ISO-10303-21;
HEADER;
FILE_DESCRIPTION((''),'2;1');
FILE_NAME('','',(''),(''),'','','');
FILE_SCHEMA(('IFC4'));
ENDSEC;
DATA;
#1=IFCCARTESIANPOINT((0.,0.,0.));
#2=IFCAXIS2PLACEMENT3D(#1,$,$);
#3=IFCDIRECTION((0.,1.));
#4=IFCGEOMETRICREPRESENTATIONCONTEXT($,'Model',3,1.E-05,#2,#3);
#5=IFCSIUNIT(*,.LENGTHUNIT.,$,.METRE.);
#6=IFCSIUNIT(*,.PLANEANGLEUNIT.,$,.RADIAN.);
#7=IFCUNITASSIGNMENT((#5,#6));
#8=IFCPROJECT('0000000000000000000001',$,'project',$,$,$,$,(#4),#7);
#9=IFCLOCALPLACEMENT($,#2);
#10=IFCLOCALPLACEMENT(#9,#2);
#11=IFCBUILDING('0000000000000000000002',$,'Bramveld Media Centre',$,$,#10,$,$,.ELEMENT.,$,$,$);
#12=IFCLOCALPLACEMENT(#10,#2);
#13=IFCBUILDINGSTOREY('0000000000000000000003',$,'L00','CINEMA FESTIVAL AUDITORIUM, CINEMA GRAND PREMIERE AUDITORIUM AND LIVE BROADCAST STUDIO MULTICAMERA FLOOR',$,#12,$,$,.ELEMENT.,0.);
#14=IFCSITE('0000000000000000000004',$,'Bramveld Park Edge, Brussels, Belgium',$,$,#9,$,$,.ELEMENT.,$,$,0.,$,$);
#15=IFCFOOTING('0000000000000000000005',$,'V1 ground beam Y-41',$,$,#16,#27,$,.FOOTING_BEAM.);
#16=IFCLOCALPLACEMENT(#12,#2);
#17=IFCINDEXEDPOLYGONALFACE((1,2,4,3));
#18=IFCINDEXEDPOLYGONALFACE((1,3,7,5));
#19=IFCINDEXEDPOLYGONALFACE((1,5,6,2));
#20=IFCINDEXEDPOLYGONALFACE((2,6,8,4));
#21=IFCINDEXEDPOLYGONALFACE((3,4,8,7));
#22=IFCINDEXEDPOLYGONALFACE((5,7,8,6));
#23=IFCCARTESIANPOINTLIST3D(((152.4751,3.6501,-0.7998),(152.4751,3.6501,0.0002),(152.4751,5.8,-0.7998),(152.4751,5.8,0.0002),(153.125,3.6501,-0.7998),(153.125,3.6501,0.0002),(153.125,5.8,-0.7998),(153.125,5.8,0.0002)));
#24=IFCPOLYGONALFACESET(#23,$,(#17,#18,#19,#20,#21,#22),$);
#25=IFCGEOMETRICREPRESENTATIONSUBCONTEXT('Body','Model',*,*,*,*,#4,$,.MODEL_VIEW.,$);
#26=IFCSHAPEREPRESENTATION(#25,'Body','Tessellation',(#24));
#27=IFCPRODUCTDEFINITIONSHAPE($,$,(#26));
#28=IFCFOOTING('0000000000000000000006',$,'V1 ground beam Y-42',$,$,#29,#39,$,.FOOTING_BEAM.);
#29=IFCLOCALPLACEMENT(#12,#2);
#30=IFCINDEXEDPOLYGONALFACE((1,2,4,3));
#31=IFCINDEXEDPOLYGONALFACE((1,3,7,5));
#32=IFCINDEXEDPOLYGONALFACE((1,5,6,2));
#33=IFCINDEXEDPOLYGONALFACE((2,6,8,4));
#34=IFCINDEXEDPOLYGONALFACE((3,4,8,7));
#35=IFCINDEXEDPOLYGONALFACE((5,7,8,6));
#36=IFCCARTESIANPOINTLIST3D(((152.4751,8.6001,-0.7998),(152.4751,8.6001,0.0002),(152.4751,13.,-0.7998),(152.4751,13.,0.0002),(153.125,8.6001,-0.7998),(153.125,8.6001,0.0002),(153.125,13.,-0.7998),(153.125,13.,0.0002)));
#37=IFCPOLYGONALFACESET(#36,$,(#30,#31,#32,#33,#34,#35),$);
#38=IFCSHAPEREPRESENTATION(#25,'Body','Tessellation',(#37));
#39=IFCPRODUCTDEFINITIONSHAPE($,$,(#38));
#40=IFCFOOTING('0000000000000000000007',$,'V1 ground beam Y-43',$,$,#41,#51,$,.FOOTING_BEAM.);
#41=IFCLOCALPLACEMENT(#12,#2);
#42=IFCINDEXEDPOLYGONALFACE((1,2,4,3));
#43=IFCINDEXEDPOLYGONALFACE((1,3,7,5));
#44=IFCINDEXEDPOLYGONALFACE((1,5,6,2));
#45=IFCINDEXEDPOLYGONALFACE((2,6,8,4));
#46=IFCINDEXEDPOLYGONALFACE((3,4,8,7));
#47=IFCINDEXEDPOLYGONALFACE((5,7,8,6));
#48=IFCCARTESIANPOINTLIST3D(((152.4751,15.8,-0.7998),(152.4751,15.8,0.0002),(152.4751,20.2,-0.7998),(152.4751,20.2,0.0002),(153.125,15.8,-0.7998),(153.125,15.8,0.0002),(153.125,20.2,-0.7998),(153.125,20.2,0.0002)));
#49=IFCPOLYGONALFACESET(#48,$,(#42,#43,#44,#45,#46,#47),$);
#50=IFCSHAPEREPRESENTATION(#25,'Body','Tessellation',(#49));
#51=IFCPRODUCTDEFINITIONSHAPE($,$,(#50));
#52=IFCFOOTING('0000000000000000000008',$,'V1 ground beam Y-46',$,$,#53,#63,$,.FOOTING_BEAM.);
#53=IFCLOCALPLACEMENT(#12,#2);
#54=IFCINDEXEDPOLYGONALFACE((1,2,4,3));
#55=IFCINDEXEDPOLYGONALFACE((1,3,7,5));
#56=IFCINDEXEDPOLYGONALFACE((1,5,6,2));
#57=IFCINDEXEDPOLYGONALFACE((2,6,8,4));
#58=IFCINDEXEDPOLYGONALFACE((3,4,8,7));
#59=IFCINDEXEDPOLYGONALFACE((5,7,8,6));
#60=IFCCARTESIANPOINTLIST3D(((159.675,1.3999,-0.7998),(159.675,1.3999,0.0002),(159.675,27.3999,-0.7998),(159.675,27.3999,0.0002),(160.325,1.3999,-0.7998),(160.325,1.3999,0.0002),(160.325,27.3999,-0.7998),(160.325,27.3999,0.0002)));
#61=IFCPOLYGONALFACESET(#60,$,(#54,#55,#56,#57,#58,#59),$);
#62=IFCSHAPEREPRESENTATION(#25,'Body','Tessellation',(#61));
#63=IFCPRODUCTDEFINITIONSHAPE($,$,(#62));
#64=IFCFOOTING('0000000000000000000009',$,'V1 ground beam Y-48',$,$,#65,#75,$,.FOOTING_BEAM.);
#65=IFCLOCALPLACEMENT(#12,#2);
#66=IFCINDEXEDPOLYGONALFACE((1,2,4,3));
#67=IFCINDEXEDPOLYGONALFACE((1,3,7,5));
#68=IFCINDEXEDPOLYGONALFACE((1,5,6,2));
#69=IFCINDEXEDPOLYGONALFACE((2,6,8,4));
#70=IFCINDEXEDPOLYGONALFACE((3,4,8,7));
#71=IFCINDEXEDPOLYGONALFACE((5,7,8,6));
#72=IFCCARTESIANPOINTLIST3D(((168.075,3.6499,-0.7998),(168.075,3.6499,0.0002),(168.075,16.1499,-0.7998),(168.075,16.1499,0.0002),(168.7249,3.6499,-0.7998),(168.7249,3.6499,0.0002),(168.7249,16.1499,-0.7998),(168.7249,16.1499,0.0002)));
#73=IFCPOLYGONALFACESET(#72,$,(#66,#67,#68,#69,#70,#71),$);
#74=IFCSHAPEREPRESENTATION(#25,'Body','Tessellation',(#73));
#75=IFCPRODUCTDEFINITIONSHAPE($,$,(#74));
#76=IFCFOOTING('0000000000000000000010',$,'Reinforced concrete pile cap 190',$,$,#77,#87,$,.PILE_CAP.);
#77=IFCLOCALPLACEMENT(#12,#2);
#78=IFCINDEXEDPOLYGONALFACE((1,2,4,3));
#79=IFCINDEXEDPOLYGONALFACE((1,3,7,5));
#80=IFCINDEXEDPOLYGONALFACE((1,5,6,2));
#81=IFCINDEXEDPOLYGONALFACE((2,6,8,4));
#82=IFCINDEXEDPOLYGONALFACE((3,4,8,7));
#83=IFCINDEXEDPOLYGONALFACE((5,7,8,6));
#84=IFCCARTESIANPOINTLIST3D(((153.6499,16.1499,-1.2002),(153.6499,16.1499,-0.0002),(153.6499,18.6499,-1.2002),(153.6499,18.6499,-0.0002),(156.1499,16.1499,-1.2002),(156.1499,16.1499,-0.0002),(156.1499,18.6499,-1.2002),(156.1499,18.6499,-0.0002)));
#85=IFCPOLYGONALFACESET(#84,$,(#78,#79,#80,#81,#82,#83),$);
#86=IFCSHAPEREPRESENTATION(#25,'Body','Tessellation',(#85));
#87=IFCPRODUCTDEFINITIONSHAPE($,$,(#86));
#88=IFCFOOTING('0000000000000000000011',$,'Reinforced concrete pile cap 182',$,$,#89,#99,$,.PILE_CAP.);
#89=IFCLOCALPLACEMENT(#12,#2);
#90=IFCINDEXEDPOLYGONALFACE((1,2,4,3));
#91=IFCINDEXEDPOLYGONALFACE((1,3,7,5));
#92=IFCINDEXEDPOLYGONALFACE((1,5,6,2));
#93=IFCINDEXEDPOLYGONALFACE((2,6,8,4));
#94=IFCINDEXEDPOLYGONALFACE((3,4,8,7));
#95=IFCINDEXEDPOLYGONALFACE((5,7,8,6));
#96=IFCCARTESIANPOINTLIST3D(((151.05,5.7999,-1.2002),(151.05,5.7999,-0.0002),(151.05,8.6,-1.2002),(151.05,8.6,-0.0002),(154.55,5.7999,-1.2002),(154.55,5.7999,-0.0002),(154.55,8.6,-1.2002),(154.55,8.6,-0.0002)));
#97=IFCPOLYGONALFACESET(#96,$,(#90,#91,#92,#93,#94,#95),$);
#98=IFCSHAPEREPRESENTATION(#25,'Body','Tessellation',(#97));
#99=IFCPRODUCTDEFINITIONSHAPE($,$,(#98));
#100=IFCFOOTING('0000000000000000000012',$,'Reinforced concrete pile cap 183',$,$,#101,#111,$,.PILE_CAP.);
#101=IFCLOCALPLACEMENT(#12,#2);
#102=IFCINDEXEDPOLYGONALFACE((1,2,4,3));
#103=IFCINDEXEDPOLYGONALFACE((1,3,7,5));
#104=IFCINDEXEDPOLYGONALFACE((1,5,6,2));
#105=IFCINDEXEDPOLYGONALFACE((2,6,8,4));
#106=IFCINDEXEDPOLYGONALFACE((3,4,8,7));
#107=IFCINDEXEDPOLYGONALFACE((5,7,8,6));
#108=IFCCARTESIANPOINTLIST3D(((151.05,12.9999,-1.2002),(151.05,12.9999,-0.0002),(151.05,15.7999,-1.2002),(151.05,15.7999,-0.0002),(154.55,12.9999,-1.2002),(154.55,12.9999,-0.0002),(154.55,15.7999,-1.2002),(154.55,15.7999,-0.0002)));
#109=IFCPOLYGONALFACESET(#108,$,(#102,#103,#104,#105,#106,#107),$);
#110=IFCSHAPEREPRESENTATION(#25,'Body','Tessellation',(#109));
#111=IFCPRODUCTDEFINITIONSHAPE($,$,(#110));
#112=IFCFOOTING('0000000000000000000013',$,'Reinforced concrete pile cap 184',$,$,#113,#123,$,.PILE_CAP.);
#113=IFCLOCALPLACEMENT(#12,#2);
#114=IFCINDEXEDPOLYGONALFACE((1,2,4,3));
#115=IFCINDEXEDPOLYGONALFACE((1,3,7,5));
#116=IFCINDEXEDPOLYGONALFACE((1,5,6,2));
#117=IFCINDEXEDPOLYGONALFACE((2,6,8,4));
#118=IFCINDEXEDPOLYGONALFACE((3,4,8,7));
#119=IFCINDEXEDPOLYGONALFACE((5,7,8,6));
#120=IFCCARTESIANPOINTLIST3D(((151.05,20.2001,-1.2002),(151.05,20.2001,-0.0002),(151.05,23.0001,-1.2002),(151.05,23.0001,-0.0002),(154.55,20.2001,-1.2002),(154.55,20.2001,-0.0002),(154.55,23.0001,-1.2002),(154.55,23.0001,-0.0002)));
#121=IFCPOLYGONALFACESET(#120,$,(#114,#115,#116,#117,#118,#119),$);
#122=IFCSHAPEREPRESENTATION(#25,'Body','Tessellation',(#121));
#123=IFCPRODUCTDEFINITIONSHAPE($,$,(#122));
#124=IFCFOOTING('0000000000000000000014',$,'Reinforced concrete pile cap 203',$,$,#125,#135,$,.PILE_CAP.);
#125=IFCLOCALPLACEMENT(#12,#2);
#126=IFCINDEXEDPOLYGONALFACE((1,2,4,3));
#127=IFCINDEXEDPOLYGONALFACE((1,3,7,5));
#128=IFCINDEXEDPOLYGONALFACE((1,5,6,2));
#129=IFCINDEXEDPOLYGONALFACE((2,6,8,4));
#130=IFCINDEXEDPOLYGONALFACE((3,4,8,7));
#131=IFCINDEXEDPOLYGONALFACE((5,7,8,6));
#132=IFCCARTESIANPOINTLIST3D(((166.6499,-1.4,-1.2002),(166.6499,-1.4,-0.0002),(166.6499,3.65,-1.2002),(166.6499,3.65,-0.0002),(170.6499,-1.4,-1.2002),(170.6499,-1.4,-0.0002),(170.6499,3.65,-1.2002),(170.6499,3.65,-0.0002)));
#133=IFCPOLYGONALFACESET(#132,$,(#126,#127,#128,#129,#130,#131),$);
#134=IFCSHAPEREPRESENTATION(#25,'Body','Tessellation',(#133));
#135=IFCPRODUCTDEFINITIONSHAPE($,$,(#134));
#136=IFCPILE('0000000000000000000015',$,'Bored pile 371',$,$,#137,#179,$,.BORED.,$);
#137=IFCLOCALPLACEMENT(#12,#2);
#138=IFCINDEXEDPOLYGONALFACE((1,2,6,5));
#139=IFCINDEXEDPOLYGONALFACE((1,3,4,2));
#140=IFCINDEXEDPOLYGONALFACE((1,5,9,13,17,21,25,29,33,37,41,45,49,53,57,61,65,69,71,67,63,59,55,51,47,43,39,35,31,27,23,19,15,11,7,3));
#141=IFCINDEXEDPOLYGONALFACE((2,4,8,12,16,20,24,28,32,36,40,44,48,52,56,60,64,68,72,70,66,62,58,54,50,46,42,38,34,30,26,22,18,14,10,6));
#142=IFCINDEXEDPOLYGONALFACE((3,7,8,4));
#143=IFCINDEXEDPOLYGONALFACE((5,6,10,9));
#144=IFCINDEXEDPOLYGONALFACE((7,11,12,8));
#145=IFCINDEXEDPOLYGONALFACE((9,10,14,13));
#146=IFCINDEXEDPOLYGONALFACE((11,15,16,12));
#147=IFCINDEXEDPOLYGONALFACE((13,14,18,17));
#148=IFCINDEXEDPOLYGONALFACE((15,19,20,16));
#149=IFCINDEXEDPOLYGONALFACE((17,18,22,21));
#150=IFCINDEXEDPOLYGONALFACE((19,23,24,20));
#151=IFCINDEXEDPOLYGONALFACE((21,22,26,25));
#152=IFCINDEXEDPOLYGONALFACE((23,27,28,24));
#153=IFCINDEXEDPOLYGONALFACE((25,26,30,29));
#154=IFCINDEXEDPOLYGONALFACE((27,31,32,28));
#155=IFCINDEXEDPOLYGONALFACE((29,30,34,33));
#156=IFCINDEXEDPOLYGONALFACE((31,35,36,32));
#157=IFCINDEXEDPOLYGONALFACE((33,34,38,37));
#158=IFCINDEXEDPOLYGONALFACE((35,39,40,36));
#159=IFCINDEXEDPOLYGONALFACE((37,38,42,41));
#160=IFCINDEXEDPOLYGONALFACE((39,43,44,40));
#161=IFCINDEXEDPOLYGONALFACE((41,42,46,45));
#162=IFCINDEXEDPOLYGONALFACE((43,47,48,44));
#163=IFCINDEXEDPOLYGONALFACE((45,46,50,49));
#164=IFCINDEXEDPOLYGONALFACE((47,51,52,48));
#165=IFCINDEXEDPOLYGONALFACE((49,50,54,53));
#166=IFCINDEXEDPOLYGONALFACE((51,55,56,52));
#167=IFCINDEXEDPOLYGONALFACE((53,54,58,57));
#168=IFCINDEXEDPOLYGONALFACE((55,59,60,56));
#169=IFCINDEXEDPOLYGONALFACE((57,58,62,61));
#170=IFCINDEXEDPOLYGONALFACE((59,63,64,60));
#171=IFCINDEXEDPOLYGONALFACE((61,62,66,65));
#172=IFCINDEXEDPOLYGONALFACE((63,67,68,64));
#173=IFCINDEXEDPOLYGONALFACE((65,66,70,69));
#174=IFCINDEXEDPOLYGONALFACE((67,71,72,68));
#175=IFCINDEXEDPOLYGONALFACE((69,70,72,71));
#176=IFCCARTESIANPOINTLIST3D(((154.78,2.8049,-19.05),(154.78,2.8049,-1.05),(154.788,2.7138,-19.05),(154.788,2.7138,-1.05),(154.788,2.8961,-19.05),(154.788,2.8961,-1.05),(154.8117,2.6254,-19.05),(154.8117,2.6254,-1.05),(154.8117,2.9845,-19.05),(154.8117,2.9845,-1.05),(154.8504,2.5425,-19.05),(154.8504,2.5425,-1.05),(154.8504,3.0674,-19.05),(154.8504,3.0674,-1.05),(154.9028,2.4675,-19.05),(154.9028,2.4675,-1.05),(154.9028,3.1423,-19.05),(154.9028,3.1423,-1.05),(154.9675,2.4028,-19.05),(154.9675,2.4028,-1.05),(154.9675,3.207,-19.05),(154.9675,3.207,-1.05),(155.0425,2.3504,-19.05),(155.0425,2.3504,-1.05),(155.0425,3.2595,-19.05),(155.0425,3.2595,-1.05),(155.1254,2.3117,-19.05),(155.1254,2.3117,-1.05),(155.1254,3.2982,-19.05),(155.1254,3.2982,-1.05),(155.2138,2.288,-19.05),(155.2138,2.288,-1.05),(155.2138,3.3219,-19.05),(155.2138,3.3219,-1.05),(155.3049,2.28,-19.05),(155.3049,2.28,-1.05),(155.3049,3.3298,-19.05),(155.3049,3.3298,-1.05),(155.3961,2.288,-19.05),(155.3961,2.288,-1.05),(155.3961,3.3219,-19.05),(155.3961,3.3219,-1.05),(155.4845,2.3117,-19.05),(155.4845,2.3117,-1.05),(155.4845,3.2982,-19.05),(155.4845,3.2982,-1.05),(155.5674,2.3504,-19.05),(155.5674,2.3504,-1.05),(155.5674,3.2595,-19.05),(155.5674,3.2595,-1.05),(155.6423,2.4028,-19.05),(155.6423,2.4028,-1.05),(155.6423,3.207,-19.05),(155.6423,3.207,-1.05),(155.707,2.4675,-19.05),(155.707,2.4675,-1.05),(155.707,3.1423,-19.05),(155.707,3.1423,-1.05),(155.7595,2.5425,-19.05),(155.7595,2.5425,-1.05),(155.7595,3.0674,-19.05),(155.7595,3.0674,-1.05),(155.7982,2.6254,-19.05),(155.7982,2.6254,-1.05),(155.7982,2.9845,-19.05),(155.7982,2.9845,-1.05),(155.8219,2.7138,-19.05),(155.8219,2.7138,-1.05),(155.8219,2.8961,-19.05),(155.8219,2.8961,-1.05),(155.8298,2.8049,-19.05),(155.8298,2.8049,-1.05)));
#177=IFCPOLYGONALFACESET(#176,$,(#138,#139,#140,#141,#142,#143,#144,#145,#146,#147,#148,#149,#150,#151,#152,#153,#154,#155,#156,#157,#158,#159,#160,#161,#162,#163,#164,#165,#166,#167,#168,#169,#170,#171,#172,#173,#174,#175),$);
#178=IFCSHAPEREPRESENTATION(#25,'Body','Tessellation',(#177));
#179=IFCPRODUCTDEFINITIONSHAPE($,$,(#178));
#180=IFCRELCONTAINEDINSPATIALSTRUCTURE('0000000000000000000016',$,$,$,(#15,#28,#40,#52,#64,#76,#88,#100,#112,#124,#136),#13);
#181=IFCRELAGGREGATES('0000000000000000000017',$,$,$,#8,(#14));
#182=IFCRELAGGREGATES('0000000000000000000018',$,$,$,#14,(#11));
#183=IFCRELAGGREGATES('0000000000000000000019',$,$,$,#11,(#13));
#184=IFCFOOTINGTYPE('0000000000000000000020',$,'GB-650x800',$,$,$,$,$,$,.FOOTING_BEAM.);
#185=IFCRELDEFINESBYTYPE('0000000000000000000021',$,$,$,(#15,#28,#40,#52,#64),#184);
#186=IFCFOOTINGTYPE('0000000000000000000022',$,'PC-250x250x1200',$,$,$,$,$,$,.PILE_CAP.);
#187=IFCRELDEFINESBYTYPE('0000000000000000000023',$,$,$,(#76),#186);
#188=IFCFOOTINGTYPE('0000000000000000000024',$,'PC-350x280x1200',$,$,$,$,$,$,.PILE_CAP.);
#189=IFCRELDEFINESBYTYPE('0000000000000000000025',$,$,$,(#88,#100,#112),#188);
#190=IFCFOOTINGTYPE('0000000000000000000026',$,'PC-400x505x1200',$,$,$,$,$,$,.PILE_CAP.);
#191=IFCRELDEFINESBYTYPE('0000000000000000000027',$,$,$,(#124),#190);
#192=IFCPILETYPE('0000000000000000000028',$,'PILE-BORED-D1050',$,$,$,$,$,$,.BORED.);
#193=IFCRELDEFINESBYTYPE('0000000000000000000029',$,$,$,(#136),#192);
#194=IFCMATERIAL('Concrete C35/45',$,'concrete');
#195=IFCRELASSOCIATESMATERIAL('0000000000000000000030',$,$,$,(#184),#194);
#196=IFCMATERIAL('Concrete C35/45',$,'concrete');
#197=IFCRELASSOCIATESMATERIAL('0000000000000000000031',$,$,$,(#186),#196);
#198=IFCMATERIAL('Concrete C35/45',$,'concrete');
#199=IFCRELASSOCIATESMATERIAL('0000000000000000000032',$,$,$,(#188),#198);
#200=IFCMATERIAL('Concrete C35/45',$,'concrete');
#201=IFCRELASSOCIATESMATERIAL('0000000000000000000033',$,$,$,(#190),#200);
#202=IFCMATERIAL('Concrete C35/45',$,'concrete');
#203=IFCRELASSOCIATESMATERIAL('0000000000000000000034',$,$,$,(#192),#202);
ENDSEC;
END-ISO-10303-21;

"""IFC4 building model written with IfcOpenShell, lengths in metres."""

from ifc_helpers import new_model, si_unit, direction, frame, origin, origin_2d, place, context, subcontext, project, spatial, rectangle, circle, extrude, material, material_profile, profile_set, type_object, element, save


model = new_model("IFC4")

# Units and contexts
model_context = context("Model", 3, precision=1e-05, world=origin(), true_north=direction((0.0, 1.0)))
body_context = subcontext(model_context, "Body", "Model", "MODEL_VIEW")
ifc_project = project(units=[si_unit("LENGTHUNIT", "METRE"), si_unit("PLANEANGLEUNIT", "RADIAN")], contexts=[model_context])

# Site, building, storey
site_placement = place(None, origin())
site = spatial("IfcSite", under=ifc_project, at=site_placement, Name="Bramveld Park Edge, Brussels, Belgium", CompositionType="ELEMENT", RefElevation=0.0)
building_placement = place(site_placement, origin())
building = spatial("IfcBuilding", under=site, at=building_placement, Name="Bramveld Media Centre", CompositionType="ELEMENT")
storey_placement = place(building_placement, origin())
storey = spatial("IfcBuildingStorey", under=building, at=storey_placement, Name="L00", Description="CINEMA FESTIVAL AUDITORIUM, CINEMA GRAND PREMIERE AUDITORIUM AND LIVE BROADCAST STUDIO MULTICAMERA FLOOR", CompositionType="ELEMENT", Elevation=0.0)

# Footings
ifc_material_1 = material(Name="Concrete C35/45", Category="concrete")
footing_type_1 = type_object("IfcFootingType", Name="GB-650x800", PredefinedType="FOOTING_BEAM", material=ifc_material_1)
footing_1_placement = place(storey_placement, frame((152.8, 4.7251, -0.7998), z_axis=(0.0, 0.0, 1.0), x_axis=(1.0, 0.0, 0.0)))
element("IfcFooting", 1, at=footing_1_placement, inside=storey, type_object=footing_type_1, Name="V1 ground beam Y-41", PredefinedType="FOOTING_BEAM", context=body_context, shape_type="SweptSolid", body=[
    extrude(rectangle(XDim=0.6499, YDim=2.1499, at=origin_2d()), origin(), (0.0, 0.0, 1.0), 0.8),
])
for number, where, z_axis, x_axis, name in (
    (2, (152.8, 10.8, -0.7998), (0.0, 0.0, 1.0), (1.0, 0.0, 0.0), "V1 ground beam Y-42"),
    (3, (152.8, 18.0, -0.7998), (0.0, 0.0, 1.0), (1.0, 0.0, 0.0), "V1 ground beam Y-43"),
):
    element("IfcFooting", number, at=place(storey_placement, frame(where, z_axis=z_axis, x_axis=x_axis)), inside=storey, type_object=footing_type_1, Name=name, PredefinedType="FOOTING_BEAM", context=body_context, shape_type="SweptSolid", body=[
        extrude(rectangle(XDim=0.6499, YDim=4.3999, at=origin_2d()), origin(), (0.0, 0.0, 1.0), 0.8),
    ])
footing_2_placement = place(storey_placement, frame((160.0, 14.3999, -0.7998), z_axis=(0.0, 0.0, 1.0), x_axis=(1.0, 0.0, 0.0)))
element("IfcFooting", 4, at=footing_2_placement, inside=storey, type_object=footing_type_1, Name="V1 ground beam Y-46", PredefinedType="FOOTING_BEAM", context=body_context, shape_type="SweptSolid", body=[
    extrude(rectangle(XDim=0.6499, YDim=26.0, at=origin_2d()), origin(), (0.0, 0.0, 1.0), 0.8),
])
footing_3_placement = place(storey_placement, frame((168.3999, 9.8999, -0.7998), z_axis=(0.0, 0.0, 1.0), x_axis=(1.0, 0.0, 0.0)))
element("IfcFooting", 5, at=footing_3_placement, inside=storey, type_object=footing_type_1, Name="V1 ground beam Y-48", PredefinedType="FOOTING_BEAM", context=body_context, shape_type="SweptSolid", body=[
    extrude(rectangle(XDim=0.6499, YDim=12.5, at=origin_2d()), origin(), (0.0, 0.0, 1.0), 0.8),
])
ifc_material_2 = material(Name="Concrete C35/45", Category="concrete")
footing_type_2 = type_object("IfcFootingType", Name="PC-250x250x1200", PredefinedType="PILE_CAP", material=ifc_material_2)
footing_4_placement = place(storey_placement, frame((154.8999, 17.3999, -1.2002), z_axis=(0.0, 0.0, 1.0), x_axis=(1.0, 0.0, 0.0)))
element("IfcFooting", 6, at=footing_4_placement, inside=storey, type_object=footing_type_2, Name="Reinforced concrete pile cap 190", PredefinedType="PILE_CAP", context=body_context, shape_type="SweptSolid", body=[
    extrude(rectangle(XDim=2.5, YDim=2.5, at=origin_2d()), origin(), (0.0, 0.0, 1.0), 1.2),
])
ifc_material_3 = material(Name="Concrete C35/45", Category="concrete")
footing_type_3 = type_object("IfcFootingType", Name="PC-350x280x1200", PredefinedType="PILE_CAP", material=ifc_material_3)
for number, where, z_axis, x_axis, name in (
    (7, (152.8, 7.2, -1.2002), (0.0, 0.0, 1.0), (1.0, 0.0, 0.0), "Reinforced concrete pile cap 182"),
    (8, (152.8, 14.3999, -1.2002), (0.0, 0.0, 1.0), (1.0, 0.0, 0.0), "Reinforced concrete pile cap 183"),
    (9, (152.8, 21.6001, -1.2002), (0.0, 0.0, 1.0), (1.0, 0.0, 0.0), "Reinforced concrete pile cap 184"),
):
    element("IfcFooting", number, at=place(storey_placement, frame(where, z_axis=z_axis, x_axis=x_axis)), inside=storey, type_object=footing_type_3, Name=name, PredefinedType="PILE_CAP", context=body_context, shape_type="SweptSolid", body=[
        extrude(rectangle(XDim=3.5, YDim=2.8, at=origin_2d()), origin(), (0.0, 0.0, 1.0), 1.2),
    ])
ifc_material_4 = material(Name="Concrete C35/45", Category="concrete")
footing_type_4 = type_object("IfcFootingType", Name="PC-400x505x1200", PredefinedType="PILE_CAP", material=ifc_material_4)
footing_5_placement = place(storey_placement, frame((168.6499, 1.125, -1.2002), z_axis=(0.0, 0.0, 1.0), x_axis=(1.0, 0.0, 0.0)))
element("IfcFooting", 10, at=footing_5_placement, inside=storey, type_object=footing_type_4, Name="Reinforced concrete pile cap 203", PredefinedType="PILE_CAP", context=body_context, shape_type="SweptSolid", body=[
    extrude(rectangle(XDim=4.0, YDim=5.05, at=origin_2d()), origin(), (0.0, 0.0, 1.0), 1.2),
])

# Pile
ifc_material_5 = material(Name="Concrete C35/45", Category="concrete")
ifc_material_profile_1 = material_profile(ifc_material_5, circle(Radius=0.5249, at=origin_2d()), Name="BORED D1050")
ifc_profile_set_1 = profile_set([ifc_material_profile_1], Name="Concrete C35/45")
pile_type_1 = type_object("IfcPileType", Name="PILE-BORED-D1050", PredefinedType="BORED", material=ifc_profile_set_1)
pile_placement = place(storey_placement, frame((155.3049, 2.8049, -1.05), z_axis=(0.0, 0.0, -1.0), x_axis=(1.0, 0.0, 0.0)))
element("IfcPile", 11, at=pile_placement, inside=storey, type_object=pile_type_1, Name="Bored pile 371", PredefinedType="BORED", context=body_context, shape_type="SweptSolid", body=[
    extrude(circle(Radius=0.5249, at=origin_2d()), origin(), (0.0, 0.0, 1.0), 18.0),
])

save(model, "model.ifc")
